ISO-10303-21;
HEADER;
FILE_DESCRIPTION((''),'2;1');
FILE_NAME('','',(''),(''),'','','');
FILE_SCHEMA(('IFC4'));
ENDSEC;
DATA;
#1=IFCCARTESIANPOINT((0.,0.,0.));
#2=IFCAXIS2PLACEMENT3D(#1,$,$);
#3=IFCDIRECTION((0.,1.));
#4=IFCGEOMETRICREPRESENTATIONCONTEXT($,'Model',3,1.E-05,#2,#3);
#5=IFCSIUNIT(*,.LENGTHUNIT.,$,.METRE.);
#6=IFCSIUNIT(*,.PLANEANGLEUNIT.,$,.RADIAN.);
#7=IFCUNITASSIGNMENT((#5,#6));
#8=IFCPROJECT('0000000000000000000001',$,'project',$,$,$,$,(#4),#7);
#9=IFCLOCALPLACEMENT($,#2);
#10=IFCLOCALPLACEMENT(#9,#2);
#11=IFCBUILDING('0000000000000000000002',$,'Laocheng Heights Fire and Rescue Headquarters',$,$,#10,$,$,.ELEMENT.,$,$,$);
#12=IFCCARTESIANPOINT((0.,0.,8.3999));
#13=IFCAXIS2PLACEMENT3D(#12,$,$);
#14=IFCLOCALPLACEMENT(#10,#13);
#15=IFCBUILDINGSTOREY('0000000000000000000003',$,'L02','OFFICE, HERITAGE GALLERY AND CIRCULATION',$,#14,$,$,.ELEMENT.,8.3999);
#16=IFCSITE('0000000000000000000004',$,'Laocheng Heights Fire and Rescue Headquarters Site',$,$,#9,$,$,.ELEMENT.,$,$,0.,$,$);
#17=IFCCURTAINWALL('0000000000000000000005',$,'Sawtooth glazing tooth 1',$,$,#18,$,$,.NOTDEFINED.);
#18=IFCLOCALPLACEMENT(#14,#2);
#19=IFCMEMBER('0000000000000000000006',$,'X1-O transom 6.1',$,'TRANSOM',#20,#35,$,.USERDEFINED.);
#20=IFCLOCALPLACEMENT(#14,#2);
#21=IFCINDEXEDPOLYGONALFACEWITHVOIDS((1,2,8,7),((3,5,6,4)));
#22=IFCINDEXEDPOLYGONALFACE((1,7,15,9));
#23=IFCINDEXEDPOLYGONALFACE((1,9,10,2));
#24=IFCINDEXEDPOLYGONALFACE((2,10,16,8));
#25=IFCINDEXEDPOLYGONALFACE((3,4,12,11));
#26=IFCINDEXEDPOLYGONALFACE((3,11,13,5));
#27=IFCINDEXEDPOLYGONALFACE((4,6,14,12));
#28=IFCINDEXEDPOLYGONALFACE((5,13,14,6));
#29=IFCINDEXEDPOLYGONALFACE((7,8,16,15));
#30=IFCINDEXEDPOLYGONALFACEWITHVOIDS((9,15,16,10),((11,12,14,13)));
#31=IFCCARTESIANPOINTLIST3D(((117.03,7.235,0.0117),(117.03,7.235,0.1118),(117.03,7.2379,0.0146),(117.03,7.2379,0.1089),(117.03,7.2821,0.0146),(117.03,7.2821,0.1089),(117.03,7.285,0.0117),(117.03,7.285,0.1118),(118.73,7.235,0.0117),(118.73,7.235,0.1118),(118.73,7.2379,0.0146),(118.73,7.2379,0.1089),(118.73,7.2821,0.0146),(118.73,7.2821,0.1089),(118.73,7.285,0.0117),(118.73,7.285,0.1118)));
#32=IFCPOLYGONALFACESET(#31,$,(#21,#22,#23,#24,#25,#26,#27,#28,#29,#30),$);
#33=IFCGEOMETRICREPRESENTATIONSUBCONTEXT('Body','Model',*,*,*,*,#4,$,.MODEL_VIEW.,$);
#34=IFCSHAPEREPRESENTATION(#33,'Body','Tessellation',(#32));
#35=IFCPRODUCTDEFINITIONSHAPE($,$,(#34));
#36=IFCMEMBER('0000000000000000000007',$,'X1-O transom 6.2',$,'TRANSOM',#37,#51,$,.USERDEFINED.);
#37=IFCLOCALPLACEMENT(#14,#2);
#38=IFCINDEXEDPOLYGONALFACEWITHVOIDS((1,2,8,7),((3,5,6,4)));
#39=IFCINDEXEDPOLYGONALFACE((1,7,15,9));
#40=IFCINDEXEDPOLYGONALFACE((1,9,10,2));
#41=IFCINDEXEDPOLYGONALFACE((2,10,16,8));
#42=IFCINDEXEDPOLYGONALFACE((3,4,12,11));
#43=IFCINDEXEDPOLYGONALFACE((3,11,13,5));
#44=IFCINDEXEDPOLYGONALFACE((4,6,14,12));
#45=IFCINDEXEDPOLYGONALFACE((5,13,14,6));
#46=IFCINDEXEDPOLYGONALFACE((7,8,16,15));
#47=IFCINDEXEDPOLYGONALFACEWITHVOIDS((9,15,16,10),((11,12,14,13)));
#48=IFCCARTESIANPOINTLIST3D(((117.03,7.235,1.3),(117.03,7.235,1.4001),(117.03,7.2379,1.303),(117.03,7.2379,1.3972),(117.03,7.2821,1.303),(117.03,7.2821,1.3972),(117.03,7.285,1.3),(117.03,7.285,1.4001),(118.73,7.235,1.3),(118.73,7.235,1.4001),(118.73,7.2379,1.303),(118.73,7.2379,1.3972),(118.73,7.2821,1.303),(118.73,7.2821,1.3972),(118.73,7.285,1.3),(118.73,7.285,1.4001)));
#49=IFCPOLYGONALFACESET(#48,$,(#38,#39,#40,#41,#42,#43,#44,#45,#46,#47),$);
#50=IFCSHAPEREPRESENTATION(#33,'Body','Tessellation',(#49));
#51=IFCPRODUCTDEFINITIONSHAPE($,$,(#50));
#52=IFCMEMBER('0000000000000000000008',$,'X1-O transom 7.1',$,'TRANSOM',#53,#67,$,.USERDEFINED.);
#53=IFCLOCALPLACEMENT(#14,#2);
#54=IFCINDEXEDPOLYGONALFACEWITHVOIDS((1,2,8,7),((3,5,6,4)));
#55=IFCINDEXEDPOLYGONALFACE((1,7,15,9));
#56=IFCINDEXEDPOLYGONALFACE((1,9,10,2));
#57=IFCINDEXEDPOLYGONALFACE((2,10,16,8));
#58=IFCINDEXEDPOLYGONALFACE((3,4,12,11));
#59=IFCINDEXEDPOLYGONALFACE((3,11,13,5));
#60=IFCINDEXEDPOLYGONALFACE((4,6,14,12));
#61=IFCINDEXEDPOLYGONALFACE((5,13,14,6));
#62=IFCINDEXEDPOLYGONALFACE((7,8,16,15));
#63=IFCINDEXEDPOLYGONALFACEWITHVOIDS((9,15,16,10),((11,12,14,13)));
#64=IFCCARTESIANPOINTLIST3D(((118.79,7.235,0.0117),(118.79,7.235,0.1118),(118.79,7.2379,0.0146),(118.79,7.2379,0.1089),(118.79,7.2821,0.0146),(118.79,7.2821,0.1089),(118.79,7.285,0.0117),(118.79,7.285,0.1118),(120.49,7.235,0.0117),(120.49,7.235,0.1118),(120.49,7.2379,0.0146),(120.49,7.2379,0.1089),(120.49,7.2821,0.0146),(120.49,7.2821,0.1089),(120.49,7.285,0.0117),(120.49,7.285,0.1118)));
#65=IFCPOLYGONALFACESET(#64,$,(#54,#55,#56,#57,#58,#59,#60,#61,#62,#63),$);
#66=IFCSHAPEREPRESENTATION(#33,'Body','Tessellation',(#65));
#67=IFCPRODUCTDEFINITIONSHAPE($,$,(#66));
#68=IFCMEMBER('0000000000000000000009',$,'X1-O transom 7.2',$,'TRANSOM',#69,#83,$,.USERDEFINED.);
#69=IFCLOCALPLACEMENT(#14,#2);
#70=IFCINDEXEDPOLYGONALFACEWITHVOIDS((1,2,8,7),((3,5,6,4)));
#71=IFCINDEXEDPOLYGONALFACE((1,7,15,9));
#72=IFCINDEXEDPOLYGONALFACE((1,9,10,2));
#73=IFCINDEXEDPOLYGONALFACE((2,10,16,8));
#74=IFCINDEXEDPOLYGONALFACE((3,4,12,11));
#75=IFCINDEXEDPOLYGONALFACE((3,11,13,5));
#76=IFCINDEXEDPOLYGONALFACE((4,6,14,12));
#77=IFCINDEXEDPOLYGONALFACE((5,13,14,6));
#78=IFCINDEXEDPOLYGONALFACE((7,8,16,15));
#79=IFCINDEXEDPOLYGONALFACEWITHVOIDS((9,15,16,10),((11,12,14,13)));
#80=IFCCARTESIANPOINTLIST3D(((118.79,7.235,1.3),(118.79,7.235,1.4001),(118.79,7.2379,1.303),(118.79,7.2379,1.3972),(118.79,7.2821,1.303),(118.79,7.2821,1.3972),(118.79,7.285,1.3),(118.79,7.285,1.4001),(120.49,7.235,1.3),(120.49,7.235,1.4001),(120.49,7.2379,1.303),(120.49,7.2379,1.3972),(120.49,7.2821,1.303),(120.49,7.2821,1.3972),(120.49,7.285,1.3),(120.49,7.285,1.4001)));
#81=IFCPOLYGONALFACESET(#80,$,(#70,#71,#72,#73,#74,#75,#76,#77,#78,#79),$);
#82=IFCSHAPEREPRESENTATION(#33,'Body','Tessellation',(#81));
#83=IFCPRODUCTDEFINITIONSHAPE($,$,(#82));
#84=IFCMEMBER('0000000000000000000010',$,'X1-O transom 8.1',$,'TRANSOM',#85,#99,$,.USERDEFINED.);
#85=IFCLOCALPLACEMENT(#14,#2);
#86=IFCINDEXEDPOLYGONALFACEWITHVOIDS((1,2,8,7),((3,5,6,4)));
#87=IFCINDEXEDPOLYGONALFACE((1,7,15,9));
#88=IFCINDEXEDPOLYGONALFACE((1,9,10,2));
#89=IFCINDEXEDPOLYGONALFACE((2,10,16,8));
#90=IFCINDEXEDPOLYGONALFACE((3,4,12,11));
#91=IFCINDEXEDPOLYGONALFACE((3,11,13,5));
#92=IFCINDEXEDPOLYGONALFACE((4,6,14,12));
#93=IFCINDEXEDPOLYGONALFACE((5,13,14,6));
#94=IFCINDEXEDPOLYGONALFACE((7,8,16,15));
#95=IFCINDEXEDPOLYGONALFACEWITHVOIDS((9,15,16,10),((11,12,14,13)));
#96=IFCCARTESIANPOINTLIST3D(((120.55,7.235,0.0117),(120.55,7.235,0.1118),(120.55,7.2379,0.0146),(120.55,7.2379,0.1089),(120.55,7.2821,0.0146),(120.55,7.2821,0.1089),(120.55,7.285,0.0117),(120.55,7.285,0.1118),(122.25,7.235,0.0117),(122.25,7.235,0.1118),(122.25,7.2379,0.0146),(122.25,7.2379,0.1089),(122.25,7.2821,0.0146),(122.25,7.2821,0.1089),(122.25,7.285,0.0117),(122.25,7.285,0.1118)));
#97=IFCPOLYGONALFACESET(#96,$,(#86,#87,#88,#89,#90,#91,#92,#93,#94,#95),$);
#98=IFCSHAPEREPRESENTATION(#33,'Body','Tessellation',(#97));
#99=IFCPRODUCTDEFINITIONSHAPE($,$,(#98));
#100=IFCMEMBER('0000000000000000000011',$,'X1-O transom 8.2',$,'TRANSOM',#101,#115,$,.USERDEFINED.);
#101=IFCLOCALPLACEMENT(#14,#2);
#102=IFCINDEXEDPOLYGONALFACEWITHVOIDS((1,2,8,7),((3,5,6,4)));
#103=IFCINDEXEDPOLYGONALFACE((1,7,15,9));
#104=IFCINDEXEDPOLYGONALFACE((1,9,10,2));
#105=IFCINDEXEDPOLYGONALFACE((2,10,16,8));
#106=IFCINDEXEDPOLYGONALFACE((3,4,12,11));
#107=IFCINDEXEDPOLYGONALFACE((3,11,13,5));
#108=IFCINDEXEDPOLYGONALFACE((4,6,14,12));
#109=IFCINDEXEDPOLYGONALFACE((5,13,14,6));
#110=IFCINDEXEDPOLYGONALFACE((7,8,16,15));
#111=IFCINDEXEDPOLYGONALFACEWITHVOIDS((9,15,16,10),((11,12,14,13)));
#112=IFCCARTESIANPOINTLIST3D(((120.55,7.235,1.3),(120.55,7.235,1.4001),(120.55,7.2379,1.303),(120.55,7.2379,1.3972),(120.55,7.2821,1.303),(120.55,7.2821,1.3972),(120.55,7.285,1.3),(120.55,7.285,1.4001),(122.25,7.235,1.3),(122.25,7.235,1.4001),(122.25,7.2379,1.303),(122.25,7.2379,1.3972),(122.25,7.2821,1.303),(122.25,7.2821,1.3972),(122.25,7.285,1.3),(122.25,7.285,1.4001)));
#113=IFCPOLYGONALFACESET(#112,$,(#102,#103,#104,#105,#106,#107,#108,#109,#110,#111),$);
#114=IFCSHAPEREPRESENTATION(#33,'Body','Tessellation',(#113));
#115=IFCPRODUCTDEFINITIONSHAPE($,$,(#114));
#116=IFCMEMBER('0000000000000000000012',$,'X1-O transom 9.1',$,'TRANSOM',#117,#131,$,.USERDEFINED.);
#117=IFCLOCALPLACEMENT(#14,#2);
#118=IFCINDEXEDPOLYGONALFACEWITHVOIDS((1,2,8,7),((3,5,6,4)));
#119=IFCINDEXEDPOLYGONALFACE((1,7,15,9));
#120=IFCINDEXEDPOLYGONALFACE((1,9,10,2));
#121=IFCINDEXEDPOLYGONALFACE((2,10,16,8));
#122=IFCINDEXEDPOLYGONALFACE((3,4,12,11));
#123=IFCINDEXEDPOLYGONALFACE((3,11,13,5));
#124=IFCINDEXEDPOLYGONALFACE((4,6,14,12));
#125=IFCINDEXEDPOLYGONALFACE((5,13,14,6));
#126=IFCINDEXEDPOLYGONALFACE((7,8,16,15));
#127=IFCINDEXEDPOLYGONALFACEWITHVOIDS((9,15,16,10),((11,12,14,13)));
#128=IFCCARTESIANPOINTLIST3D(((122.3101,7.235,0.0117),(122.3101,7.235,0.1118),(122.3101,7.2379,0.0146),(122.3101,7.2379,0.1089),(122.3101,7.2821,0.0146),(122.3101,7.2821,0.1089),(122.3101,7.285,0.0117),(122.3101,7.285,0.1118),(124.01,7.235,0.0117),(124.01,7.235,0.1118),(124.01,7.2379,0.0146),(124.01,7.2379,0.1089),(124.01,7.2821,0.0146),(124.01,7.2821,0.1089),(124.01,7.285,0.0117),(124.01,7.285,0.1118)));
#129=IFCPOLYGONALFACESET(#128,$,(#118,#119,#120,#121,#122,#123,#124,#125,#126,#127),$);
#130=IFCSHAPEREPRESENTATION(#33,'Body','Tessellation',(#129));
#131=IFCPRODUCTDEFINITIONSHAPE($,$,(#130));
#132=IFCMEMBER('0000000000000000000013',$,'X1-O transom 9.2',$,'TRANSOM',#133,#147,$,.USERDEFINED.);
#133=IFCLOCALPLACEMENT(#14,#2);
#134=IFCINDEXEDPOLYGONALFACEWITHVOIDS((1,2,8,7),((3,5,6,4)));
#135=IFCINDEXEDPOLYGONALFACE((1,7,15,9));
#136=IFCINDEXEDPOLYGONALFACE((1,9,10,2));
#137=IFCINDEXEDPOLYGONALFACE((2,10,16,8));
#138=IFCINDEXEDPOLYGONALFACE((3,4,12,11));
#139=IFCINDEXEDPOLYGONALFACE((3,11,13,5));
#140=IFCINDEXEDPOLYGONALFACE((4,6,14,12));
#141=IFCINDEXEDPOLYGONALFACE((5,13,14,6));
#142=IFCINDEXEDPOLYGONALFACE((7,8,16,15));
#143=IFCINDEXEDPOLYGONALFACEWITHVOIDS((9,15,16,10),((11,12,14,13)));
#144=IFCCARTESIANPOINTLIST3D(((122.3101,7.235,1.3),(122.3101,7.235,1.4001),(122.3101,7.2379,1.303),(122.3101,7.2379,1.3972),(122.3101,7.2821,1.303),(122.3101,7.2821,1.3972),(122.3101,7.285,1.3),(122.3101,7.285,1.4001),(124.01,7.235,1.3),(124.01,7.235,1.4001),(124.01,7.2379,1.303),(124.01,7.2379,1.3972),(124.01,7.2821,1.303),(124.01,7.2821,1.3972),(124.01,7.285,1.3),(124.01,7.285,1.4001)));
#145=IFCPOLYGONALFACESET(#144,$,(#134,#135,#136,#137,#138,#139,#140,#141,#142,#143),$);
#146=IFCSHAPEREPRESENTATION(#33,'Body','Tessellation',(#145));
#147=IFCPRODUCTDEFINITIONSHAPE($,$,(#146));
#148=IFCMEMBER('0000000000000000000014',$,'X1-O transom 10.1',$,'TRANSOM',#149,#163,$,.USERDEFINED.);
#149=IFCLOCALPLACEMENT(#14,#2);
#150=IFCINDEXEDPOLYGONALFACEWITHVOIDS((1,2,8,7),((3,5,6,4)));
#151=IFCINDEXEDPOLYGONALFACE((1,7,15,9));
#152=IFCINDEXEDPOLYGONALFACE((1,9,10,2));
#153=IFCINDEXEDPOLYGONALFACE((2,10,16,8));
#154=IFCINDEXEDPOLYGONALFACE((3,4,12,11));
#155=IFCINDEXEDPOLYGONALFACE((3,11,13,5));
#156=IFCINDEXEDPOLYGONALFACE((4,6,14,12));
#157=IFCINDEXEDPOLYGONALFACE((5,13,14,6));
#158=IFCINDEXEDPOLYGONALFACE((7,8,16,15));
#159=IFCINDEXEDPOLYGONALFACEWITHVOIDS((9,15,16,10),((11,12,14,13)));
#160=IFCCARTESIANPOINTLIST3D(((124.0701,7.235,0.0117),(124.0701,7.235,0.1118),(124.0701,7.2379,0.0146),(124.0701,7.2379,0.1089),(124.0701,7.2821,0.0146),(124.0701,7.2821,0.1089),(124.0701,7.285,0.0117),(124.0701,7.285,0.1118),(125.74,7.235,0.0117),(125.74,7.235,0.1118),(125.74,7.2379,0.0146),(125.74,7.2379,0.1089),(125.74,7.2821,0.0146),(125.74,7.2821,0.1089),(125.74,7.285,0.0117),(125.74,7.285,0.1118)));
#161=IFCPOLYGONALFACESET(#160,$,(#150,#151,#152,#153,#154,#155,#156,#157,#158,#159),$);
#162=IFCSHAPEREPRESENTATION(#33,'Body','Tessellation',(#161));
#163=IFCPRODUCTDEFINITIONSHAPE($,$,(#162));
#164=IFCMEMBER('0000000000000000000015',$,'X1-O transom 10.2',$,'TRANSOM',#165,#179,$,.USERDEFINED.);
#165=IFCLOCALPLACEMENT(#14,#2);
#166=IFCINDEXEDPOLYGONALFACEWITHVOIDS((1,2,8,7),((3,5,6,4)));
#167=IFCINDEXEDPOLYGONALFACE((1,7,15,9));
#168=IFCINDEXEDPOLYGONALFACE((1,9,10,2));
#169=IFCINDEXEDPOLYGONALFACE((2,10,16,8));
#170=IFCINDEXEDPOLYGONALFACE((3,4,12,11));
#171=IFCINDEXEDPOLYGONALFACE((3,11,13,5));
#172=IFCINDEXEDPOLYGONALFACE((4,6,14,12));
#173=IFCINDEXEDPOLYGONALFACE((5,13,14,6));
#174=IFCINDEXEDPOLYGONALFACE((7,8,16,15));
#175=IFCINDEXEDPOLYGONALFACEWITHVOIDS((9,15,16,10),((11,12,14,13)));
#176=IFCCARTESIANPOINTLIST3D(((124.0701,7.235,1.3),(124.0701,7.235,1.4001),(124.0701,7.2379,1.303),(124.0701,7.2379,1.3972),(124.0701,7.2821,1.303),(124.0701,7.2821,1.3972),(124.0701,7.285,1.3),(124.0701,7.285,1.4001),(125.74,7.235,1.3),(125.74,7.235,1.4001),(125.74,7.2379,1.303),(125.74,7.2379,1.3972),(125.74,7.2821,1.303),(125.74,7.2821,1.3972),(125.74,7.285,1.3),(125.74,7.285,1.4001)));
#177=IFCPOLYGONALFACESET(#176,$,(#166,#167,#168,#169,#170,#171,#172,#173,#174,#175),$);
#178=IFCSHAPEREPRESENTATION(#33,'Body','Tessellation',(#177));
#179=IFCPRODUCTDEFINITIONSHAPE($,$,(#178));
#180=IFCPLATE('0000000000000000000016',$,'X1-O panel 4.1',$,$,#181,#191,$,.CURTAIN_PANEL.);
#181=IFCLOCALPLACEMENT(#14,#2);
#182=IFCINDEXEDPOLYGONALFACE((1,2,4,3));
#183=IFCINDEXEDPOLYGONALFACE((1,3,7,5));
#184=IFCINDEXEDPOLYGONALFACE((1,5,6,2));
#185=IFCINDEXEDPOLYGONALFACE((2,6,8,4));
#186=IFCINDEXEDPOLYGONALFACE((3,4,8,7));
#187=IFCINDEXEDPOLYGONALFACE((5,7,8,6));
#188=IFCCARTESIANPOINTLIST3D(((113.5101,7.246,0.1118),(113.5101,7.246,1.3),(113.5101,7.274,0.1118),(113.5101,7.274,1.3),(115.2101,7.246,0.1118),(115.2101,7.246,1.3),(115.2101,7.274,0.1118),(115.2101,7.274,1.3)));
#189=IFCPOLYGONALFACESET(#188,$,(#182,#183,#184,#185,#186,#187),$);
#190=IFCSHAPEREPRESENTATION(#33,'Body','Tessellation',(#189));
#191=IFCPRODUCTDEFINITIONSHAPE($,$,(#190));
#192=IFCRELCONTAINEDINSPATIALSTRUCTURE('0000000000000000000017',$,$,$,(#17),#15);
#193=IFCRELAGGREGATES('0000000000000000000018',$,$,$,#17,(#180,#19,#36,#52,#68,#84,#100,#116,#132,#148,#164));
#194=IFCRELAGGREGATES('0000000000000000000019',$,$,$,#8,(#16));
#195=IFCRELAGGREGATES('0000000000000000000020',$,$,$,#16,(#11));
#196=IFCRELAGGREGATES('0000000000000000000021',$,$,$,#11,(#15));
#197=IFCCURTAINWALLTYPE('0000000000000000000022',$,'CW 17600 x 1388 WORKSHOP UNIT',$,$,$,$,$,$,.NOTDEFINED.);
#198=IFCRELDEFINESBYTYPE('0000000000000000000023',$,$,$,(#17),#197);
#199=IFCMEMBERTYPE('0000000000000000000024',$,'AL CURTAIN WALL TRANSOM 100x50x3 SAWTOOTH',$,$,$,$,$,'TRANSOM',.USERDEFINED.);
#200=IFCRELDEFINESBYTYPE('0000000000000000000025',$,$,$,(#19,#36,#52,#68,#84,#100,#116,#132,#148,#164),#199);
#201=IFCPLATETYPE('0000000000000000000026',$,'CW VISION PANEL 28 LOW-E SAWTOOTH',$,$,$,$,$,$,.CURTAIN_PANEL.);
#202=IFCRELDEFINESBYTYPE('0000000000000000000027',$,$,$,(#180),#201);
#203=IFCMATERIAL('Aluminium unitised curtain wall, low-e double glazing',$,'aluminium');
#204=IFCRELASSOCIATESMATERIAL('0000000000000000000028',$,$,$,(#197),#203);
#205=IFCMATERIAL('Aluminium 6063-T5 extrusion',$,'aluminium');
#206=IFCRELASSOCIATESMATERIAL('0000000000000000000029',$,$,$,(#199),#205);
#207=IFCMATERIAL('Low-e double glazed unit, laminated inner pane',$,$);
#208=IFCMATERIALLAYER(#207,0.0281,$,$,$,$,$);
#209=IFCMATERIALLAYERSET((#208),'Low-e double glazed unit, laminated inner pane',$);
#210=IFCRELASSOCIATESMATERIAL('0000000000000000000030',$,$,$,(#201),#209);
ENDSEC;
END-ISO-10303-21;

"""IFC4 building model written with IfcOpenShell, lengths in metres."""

from ifc_helpers import new_model, si_unit, direction, frame, origin, origin_2d, place, context, subcontext, project, spatial, rectangle, hollow_rectangle, extrude, material, layer, layer_set, material_profile, profile_set, type_object, element, aggregate, save


model = new_model("IFC4")

# Units and contexts
model_context = context("Model", 3, precision=1e-05, world=origin(), true_north=direction((0.0, 1.0)))
body_context = subcontext(model_context, "Body", "Model", "MODEL_VIEW")
ifc_project = project(units=[si_unit("LENGTHUNIT", "METRE"), si_unit("PLANEANGLEUNIT", "RADIAN")], contexts=[model_context])

# Site, building, storey
site_placement = place(None, origin())
site = spatial("IfcSite", under=ifc_project, at=site_placement, Name="Laocheng Heights Fire and Rescue Headquarters Site", CompositionType="ELEMENT", RefElevation=0.0)
building_placement = place(site_placement, origin())
building = spatial("IfcBuilding", under=site, at=building_placement, Name="Laocheng Heights Fire and Rescue Headquarters", CompositionType="ELEMENT")
storey_placement = place(building_placement, frame((0.0, 0.0, 8.3999)))
storey = spatial("IfcBuildingStorey", under=building, at=storey_placement, Name="L02", Description="OFFICE, HERITAGE GALLERY AND CIRCULATION", CompositionType="ELEMENT", Elevation=8.3999)

# Curtain wall, members, plate
ifc_material_1 = material(Name="Aluminium unitised curtain wall, low-e double glazing", Category="aluminium")
curtain_wall_type = type_object("IfcCurtainWallType", Name="CW 17600 x 1388 WORKSHOP UNIT", PredefinedType="NOTDEFINED", material=ifc_material_1)
curtain_wall_placement = place(storey_placement, origin())
curtain_wall = element("IfcCurtainWall", 1, at=curtain_wall_placement, inside=storey, type_object=curtain_wall_type, Name="Sawtooth glazing tooth 1", PredefinedType="NOTDEFINED")
ifc_material_2 = material(Name="Aluminium 6063-T5 extrusion", Category="aluminium")
ifc_material_profile_1 = material_profile(ifc_material_2, hollow_rectangle(XDim=0.05, YDim=0.1001, WallThickness=0.0029, at=origin_2d()), Name="AL TRANSOM 100x50x3")
ifc_profile_set_1 = profile_set([ifc_material_profile_1], Name="Aluminium 6063-T5 extrusion")
member_type_1 = type_object("IfcMemberType", Name="AL CURTAIN WALL TRANSOM 100x50x3 SAWTOOTH", ElementType="TRANSOM", PredefinedType="USERDEFINED", material=ifc_profile_set_1)
member_1_placement = place(storey_placement, frame((117.03, 7.26, 0.0618), z_axis=(1.0, 0.0, 0.0), x_axis=(0.0, 1.0, 0.0)))
member_1 = element("IfcMember", 2, at=member_1_placement, type_object=member_type_1, Name="X1-O transom 6.1", ObjectType="TRANSOM", PredefinedType="USERDEFINED", context=body_context, shape_type="SweptSolid", body=[
    extrude(hollow_rectangle(XDim=0.05, YDim=0.1001, WallThickness=0.0029, at=origin_2d()), origin(), (0.0, 0.0, 1.0), 1.7),
])
member_2_placement = place(storey_placement, frame((117.03, 7.26, 1.3501), z_axis=(1.0, 0.0, 0.0), x_axis=(0.0, 1.0, 0.0)))
member_2 = element("IfcMember", 3, at=member_2_placement, type_object=member_type_1, Name="X1-O transom 6.2", ObjectType="TRANSOM", PredefinedType="USERDEFINED", context=body_context, shape_type="SweptSolid", body=[
    extrude(hollow_rectangle(XDim=0.05, YDim=0.1001, WallThickness=0.0029, at=origin_2d()), origin(), (0.0, 0.0, 1.0), 1.7),
])
member_3_placement = place(storey_placement, frame((118.79, 7.26, 0.0618), z_axis=(1.0, 0.0, 0.0), x_axis=(0.0, 1.0, 0.0)))
member_3 = element("IfcMember", 4, at=member_3_placement, type_object=member_type_1, Name="X1-O transom 7.1", ObjectType="TRANSOM", PredefinedType="USERDEFINED", context=body_context, shape_type="SweptSolid", body=[
    extrude(hollow_rectangle(XDim=0.05, YDim=0.1001, WallThickness=0.0029, at=origin_2d()), origin(), (0.0, 0.0, 1.0), 1.7),
])
member_4_placement = place(storey_placement, frame((118.79, 7.26, 1.3501), z_axis=(1.0, 0.0, 0.0), x_axis=(0.0, 1.0, 0.0)))
member_4 = element("IfcMember", 5, at=member_4_placement, type_object=member_type_1, Name="X1-O transom 7.2", ObjectType="TRANSOM", PredefinedType="USERDEFINED", context=body_context, shape_type="SweptSolid", body=[
    extrude(hollow_rectangle(XDim=0.05, YDim=0.1001, WallThickness=0.0029, at=origin_2d()), origin(), (0.0, 0.0, 1.0), 1.7),
])
member_5_placement = place(storey_placement, frame((120.55, 7.26, 0.0618), z_axis=(1.0, 0.0, 0.0), x_axis=(0.0, 1.0, 0.0)))
member_5 = element("IfcMember", 6, at=member_5_placement, type_object=member_type_1, Name="X1-O transom 8.1", ObjectType="TRANSOM", PredefinedType="USERDEFINED", context=body_context, shape_type="SweptSolid", body=[
    extrude(hollow_rectangle(XDim=0.05, YDim=0.1001, WallThickness=0.0029, at=origin_2d()), origin(), (0.0, 0.0, 1.0), 1.7),
])
member_6_placement = place(storey_placement, frame((120.55, 7.26, 1.3501), z_axis=(1.0, 0.0, 0.0), x_axis=(0.0, 1.0, 0.0)))
member_6 = element("IfcMember", 7, at=member_6_placement, type_object=member_type_1, Name="X1-O transom 8.2", ObjectType="TRANSOM", PredefinedType="USERDEFINED", context=body_context, shape_type="SweptSolid", body=[
    extrude(hollow_rectangle(XDim=0.05, YDim=0.1001, WallThickness=0.0029, at=origin_2d()), origin(), (0.0, 0.0, 1.0), 1.7),
])
member_7_placement = place(storey_placement, frame((122.3101, 7.26, 0.0618), z_axis=(1.0, 0.0, 0.0), x_axis=(0.0, 1.0, 0.0)))
member_7 = element("IfcMember", 8, at=member_7_placement, type_object=member_type_1, Name="X1-O transom 9.1", ObjectType="TRANSOM", PredefinedType="USERDEFINED", context=body_context, shape_type="SweptSolid", body=[
    extrude(hollow_rectangle(XDim=0.05, YDim=0.1001, WallThickness=0.0029, at=origin_2d()), origin(), (0.0, 0.0, 1.0), 1.7),
])
member_8_placement = place(storey_placement, frame((122.3101, 7.26, 1.3501), z_axis=(1.0, 0.0, 0.0), x_axis=(0.0, 1.0, 0.0)))
member_8 = element("IfcMember", 9, at=member_8_placement, type_object=member_type_1, Name="X1-O transom 9.2", ObjectType="TRANSOM", PredefinedType="USERDEFINED", context=body_context, shape_type="SweptSolid", body=[
    extrude(hollow_rectangle(XDim=0.05, YDim=0.1001, WallThickness=0.0029, at=origin_2d()), origin(), (0.0, 0.0, 1.0), 1.7),
])
member_9_placement = place(storey_placement, frame((124.0701, 7.26, 0.0618), z_axis=(1.0, 0.0, 0.0), x_axis=(0.0, 1.0, 0.0)))
member_9 = element("IfcMember", 10, at=member_9_placement, type_object=member_type_1, Name="X1-O transom 10.1", ObjectType="TRANSOM", PredefinedType="USERDEFINED", context=body_context, shape_type="SweptSolid", body=[
    extrude(hollow_rectangle(XDim=0.05, YDim=0.1001, WallThickness=0.0029, at=origin_2d()), origin(), (0.0, 0.0, 1.0), 1.6699),
])
member_10_placement = place(storey_placement, frame((124.0701, 7.26, 1.3501), z_axis=(1.0, 0.0, 0.0), x_axis=(0.0, 1.0, 0.0)))
member_10 = element("IfcMember", 11, at=member_10_placement, type_object=member_type_1, Name="X1-O transom 10.2", ObjectType="TRANSOM", PredefinedType="USERDEFINED", context=body_context, shape_type="SweptSolid", body=[
    extrude(hollow_rectangle(XDim=0.05, YDim=0.1001, WallThickness=0.0029, at=origin_2d()), origin(), (0.0, 0.0, 1.0), 1.6699),
])
ifc_material_3 = material(Name="Low-e double glazed unit, laminated inner pane")
ifc_layer = layer(ifc_material_3, 0.0281)
ifc_layer_set = layer_set([ifc_layer], Name="Low-e double glazed unit, laminated inner pane")
plate_type = type_object("IfcPlateType", Name="CW VISION PANEL 28 LOW-E SAWTOOTH", PredefinedType="CURTAIN_PANEL", material=ifc_layer_set)
plate_1_placement = place(storey_placement, frame((114.3601, 7.26, 0.1118), z_axis=(0.0, 0.0, 1.0), x_axis=(1.0, 0.0, 0.0)))
plate_1 = element("IfcPlate", 12, at=plate_1_placement, type_object=plate_type, Name="X1-O panel 4.1", PredefinedType="CURTAIN_PANEL", context=body_context, shape_type="SweptSolid", body=[
    extrude(rectangle(XDim=1.7, YDim=0.0281, at=origin_2d()), origin(), (0.0, 0.0, 1.0), 1.1882),
])
aggregate(curtain_wall, [plate_1, member_1, member_2, member_3, member_4, member_5, member_6, member_7, member_8, member_9, member_10])

save(model, "model.ifc")
